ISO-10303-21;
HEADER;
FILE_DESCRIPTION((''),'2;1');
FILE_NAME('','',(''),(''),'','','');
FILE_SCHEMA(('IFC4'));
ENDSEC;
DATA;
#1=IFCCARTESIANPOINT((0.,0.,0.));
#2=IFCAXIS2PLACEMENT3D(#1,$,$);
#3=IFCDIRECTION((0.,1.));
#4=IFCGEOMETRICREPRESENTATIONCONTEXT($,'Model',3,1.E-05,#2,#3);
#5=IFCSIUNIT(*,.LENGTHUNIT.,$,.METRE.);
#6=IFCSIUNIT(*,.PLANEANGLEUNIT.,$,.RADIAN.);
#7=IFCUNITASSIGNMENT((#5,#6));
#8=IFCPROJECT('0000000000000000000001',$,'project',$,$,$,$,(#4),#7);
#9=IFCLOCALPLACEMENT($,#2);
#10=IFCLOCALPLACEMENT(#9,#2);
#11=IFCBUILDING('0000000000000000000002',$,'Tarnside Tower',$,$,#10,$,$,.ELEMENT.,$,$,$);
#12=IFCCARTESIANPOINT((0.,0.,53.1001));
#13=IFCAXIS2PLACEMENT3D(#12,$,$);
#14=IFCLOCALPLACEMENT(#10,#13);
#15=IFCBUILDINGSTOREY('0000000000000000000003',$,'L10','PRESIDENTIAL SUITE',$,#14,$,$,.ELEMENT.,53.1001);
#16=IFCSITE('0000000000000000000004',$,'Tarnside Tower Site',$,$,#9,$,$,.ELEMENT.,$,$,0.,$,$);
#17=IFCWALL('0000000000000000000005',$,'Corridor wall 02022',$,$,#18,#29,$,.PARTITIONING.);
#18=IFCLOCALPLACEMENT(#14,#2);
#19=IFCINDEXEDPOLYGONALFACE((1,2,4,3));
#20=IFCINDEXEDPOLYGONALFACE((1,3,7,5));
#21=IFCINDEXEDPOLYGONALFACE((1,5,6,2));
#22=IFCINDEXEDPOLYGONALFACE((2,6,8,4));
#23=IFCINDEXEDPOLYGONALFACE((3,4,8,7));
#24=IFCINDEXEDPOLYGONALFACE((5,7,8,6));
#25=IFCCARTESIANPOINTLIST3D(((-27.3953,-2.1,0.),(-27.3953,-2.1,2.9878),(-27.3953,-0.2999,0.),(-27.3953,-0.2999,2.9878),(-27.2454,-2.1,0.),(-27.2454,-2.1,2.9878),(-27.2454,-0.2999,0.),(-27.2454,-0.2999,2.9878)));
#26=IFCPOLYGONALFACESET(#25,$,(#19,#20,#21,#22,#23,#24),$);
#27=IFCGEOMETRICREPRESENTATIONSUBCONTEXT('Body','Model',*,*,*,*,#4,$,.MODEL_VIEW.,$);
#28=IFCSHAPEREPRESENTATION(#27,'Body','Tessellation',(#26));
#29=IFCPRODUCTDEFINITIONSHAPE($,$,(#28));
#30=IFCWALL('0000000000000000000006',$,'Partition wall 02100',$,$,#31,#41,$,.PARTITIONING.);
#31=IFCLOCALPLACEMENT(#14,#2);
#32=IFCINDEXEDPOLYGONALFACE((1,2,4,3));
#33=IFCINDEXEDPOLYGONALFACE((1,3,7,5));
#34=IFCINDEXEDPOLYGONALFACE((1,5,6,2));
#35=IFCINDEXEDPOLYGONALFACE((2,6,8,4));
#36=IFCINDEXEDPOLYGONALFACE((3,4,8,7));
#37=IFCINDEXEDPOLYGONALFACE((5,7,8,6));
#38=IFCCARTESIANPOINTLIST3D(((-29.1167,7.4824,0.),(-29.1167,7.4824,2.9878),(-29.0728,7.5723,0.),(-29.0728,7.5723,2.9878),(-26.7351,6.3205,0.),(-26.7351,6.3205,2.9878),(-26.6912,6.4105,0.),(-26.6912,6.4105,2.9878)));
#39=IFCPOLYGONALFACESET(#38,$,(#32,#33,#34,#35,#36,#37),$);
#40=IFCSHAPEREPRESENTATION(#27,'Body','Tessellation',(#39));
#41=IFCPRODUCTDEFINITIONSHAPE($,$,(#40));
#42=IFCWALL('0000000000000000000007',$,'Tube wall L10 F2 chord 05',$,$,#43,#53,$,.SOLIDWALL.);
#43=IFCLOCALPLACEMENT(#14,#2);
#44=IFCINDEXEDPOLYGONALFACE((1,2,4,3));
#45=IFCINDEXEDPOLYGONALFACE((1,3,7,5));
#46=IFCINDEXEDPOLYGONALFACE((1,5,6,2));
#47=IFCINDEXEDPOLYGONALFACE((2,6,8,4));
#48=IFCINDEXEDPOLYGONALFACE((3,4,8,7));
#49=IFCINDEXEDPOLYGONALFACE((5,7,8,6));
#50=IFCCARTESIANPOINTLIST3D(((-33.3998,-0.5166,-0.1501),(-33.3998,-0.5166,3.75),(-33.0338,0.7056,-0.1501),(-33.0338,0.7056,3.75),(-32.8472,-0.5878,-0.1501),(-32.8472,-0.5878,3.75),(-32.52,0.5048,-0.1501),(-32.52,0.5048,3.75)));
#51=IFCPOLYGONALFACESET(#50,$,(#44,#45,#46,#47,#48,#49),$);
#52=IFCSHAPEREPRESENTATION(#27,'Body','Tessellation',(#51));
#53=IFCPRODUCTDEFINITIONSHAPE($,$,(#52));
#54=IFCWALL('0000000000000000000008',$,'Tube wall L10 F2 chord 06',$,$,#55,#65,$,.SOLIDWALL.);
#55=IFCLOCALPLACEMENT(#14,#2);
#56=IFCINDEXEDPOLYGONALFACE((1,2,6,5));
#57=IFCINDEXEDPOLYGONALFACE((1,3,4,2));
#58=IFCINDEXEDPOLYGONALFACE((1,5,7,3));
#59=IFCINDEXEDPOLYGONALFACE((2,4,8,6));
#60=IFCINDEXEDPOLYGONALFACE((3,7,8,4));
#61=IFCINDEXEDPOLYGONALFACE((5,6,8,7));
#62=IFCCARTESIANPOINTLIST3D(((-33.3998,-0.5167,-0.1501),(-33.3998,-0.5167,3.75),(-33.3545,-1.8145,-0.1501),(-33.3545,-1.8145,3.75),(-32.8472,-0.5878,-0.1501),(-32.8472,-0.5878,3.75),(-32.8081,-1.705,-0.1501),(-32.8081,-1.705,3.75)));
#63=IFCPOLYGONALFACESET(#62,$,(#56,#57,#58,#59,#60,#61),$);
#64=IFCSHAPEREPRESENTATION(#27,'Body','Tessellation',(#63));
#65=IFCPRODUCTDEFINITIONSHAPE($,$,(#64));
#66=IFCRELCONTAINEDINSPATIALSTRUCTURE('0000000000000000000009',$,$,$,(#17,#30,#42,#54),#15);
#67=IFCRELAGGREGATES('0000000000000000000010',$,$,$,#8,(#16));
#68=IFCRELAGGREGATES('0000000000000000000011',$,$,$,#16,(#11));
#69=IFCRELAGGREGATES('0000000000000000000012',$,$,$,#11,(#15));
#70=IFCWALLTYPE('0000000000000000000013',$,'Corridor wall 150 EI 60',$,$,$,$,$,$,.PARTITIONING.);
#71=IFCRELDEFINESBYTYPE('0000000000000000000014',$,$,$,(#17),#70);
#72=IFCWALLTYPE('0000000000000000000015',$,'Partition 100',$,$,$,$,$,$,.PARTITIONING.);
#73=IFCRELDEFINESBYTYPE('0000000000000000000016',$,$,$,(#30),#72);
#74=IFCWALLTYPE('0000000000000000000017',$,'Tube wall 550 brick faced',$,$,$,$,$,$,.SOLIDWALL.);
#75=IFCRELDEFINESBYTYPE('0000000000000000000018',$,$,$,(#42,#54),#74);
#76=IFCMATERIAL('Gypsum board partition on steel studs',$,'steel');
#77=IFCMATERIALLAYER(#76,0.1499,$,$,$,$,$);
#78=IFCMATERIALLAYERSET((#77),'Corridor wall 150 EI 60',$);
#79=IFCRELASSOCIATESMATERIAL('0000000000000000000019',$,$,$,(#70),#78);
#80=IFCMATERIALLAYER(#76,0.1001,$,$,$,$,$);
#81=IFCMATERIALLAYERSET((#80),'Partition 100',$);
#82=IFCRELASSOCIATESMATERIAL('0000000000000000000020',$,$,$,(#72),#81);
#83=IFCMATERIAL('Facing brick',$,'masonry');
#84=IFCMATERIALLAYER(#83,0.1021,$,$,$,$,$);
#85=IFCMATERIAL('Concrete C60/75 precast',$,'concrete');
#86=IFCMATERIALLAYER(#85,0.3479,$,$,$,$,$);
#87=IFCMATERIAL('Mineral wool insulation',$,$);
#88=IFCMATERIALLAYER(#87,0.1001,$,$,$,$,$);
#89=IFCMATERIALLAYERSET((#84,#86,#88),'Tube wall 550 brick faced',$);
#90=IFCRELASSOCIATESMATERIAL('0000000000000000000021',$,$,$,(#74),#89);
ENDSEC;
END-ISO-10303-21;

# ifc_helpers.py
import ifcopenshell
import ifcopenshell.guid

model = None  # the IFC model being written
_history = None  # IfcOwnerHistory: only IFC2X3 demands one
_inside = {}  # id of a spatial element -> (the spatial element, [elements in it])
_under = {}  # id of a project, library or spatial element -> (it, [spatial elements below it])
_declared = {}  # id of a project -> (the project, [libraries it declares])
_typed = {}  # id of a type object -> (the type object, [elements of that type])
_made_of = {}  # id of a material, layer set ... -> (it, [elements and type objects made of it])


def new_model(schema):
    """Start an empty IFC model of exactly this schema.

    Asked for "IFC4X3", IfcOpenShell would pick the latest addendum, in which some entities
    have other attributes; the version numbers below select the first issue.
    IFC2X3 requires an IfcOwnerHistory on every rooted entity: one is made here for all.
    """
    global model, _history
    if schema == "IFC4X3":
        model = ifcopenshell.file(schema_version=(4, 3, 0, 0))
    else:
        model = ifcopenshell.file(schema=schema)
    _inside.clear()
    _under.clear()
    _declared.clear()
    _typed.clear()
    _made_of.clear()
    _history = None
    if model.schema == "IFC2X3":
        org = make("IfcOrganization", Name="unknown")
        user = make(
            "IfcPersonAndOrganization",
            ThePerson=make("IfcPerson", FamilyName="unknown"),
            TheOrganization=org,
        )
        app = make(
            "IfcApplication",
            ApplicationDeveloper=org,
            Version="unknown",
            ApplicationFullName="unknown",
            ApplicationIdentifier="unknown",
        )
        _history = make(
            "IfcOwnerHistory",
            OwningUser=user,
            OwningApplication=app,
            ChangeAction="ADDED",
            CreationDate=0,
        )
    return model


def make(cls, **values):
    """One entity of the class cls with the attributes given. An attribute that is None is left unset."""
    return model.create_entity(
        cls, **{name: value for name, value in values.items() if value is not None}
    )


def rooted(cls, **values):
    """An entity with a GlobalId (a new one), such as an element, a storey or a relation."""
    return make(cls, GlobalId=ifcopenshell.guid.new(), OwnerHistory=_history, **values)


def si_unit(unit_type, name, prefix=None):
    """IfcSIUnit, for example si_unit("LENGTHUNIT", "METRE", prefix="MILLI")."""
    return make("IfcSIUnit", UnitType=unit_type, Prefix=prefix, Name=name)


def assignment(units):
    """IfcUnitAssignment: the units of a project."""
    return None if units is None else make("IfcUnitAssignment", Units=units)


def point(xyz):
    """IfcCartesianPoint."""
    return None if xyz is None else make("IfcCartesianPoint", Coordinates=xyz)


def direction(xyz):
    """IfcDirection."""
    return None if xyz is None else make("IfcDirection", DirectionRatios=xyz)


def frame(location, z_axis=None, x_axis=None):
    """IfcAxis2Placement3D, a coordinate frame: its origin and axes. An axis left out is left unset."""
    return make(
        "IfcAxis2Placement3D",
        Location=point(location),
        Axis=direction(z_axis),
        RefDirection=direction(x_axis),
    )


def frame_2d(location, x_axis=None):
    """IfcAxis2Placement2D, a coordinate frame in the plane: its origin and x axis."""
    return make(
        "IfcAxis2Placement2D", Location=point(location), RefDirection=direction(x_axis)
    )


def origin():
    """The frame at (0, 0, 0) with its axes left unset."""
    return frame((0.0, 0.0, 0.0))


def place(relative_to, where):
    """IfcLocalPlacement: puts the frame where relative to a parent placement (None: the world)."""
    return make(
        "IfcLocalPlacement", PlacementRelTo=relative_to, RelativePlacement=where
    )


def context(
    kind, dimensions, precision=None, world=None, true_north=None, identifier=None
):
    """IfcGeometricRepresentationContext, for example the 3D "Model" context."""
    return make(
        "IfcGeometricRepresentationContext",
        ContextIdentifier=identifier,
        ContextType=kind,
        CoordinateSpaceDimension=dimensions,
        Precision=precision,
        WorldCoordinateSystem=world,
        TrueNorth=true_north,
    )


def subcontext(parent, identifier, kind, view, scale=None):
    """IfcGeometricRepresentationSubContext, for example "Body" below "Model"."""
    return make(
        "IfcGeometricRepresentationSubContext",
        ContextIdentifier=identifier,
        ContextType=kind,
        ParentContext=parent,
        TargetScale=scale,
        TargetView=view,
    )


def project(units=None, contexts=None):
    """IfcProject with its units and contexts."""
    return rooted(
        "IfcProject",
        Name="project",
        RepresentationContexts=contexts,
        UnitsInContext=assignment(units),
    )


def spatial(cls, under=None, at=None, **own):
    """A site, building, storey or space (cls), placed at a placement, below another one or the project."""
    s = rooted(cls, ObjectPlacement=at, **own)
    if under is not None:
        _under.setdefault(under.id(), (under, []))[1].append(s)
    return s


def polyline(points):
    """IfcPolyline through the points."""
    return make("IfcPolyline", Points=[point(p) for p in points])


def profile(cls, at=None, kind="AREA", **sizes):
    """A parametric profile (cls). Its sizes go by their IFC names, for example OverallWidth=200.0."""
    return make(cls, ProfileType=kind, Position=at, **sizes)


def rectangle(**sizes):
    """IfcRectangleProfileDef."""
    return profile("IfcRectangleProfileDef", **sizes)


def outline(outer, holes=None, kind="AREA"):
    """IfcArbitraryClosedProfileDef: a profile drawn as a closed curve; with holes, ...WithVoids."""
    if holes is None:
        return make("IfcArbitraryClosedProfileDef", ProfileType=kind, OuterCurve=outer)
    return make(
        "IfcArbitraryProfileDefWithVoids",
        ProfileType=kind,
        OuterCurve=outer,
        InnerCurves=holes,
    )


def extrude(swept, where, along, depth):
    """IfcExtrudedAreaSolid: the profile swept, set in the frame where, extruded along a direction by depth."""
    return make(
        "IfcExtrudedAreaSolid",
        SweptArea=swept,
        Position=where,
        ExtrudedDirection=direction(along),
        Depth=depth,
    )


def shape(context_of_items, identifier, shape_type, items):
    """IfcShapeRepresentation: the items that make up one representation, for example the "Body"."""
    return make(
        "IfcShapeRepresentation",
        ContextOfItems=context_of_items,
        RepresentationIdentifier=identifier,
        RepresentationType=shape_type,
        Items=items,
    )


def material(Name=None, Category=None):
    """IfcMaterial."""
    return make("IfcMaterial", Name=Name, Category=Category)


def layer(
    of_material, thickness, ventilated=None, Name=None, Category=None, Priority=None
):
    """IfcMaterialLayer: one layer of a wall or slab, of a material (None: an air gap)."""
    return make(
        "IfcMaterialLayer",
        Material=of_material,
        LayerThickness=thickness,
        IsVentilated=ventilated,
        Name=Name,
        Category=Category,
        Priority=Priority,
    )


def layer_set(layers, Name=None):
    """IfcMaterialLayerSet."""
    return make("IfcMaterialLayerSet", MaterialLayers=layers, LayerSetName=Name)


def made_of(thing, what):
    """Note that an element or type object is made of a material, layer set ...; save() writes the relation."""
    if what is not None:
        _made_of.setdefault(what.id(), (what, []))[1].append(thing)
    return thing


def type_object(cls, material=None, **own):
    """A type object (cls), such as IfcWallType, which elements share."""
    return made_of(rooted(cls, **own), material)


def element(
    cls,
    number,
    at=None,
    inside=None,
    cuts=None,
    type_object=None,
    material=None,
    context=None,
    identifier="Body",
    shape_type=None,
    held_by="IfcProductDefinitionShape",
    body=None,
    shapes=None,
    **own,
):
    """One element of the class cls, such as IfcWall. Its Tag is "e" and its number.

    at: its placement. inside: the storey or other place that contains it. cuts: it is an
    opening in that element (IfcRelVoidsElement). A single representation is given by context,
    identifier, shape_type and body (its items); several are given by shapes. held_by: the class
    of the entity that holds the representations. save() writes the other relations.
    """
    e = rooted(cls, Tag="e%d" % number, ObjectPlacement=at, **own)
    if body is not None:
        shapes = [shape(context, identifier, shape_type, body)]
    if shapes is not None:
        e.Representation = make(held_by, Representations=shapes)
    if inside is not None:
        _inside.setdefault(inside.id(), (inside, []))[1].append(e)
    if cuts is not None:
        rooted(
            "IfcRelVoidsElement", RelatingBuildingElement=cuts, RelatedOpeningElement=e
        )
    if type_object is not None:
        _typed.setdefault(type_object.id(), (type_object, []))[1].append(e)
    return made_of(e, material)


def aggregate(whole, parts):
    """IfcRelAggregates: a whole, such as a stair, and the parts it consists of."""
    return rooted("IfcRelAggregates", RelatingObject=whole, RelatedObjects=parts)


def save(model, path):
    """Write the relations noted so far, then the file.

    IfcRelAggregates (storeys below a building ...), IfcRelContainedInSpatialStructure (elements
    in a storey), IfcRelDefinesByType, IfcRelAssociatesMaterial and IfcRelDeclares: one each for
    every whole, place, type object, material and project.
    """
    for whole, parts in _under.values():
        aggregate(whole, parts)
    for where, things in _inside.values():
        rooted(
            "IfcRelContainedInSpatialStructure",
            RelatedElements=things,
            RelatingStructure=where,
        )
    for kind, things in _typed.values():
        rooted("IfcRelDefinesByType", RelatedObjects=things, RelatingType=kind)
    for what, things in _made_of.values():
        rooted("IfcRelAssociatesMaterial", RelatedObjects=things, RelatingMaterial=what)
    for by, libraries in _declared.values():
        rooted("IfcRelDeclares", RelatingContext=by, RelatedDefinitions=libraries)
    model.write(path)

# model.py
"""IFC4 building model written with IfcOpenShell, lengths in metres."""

from ifc_helpers import new_model, si_unit, direction, frame, frame_2d, origin, place, context, subcontext, project, spatial, polyline, rectangle, outline, extrude, material, layer, layer_set, type_object, element, save


model = new_model("IFC4")

# Units and contexts
model_context = context("Model", 3, precision=1e-05, world=origin(), true_north=direction((0.0, 1.0)))
body_context = subcontext(model_context, "Body", "Model", "MODEL_VIEW")
ifc_project = project(units=[si_unit("LENGTHUNIT", "METRE"), si_unit("PLANEANGLEUNIT", "RADIAN")], contexts=[model_context])

# Site, building, storey
site_placement = place(None, origin())
site = spatial("IfcSite", under=ifc_project, at=site_placement, Name="Tarnside Tower Site", CompositionType="ELEMENT", RefElevation=0.0)
building_placement = place(site_placement, origin())
building = spatial("IfcBuilding", under=site, at=building_placement, Name="Tarnside Tower", CompositionType="ELEMENT")
storey_placement = place(building_placement, frame((0.0, 0.0, 53.1001)))
storey = spatial("IfcBuildingStorey", under=building, at=storey_placement, Name="L10", Description="PRESIDENTIAL SUITE", CompositionType="ELEMENT", Elevation=53.1001)

# Shared definitions
ifc_material_1 = material(Name="Gypsum board partition on steel studs", Category="steel")

# Shared definitions
ifc_layer_1 = layer(ifc_material_1, 0.1499)
ifc_layer_set_1 = layer_set([ifc_layer_1], Name="Corridor wall 150 EI 60")
wall_type_1 = type_object("IfcWallType", Name="Corridor wall 150 EI 60", PredefinedType="PARTITIONING", material=ifc_layer_set_1)

# Walls
wall_1_placement = place(storey_placement, frame((-27.3203, -0.3, 0.0), z_axis=(0.0, 0.0, 1.0), x_axis=(0.0, -1.0, 0.0)))
element("IfcWall", 1, at=wall_1_placement, inside=storey, type_object=wall_type_1, Name="Corridor wall 02022", PredefinedType="PARTITIONING", context=body_context, shape_type="SweptSolid", body=[
    extrude(rectangle(XDim=1.8, YDim=0.1499, at=frame_2d((0.8999, 0.0))), origin(), (0.0, 0.0, 1.0), 2.9878),
])
ifc_layer_2 = layer(ifc_material_1, 0.1001)
ifc_layer_set_2 = layer_set([ifc_layer_2], Name="Partition 100")
wall_type_2 = type_object("IfcWallType", Name="Partition 100", PredefinedType="PARTITIONING", material=ifc_layer_set_2)
wall_2_placement = place(storey_placement, frame((-26.7131, 6.3655, 0.0), z_axis=(0.0, 0.0, 1.0), x_axis=(-0.898752, 0.438458, 0.0)))
element("IfcWall", 2, at=wall_2_placement, inside=storey, type_object=wall_type_2, Name="Partition wall 02100", PredefinedType="PARTITIONING", context=body_context, shape_type="SweptSolid", body=[
    extrude(rectangle(XDim=2.6499, YDim=0.1001, at=frame_2d((1.325, 0.0))), origin(), (0.0, 0.0, 1.0), 2.9878),
])
ifc_material_2 = material(Name="Facing brick", Category="masonry")
ifc_layer_3 = layer(ifc_material_2, 0.1021)
ifc_material_3 = material(Name="Concrete C60/75 precast", Category="concrete")
ifc_layer_4 = layer(ifc_material_3, 0.3479)
ifc_material_4 = material(Name="Mineral wool insulation")
ifc_layer_5 = layer(ifc_material_4, 0.1001)
ifc_layer_set_3 = layer_set([ifc_layer_3, ifc_layer_4, ifc_layer_5], Name="Tube wall 550 brick faced")
wall_type_3 = type_object("IfcWallType", Name="Tube wall 550 brick faced", PredefinedType="SOLIDWALL", material=ifc_layer_set_3)
wall_3_placement = place(storey_placement, frame((-32.7769, 0.6052, -0.1501), z_axis=(0.0, 0.0, 1.0), x_axis=(-0.286921, -0.957954, 0.0)))
element("IfcWall", 3, at=wall_3_placement, inside=storey, type_object=wall_type_3, Name="Tube wall L10 F2 chord 05", PredefinedType="SOLIDWALL", context=body_context, shape_type="SweptSolid", body=[
    extrude(outline(polyline([(-0.0225, -0.2749), (1.2534, -0.2749), (1.1631, 0.2749), (0.0225, 0.2749), (-0.0225, -0.2749)])), origin(), (0.0, 0.0, 1.0), 3.9001),
])
wall_4_placement = place(storey_placement, frame((-33.1235, -0.5522, -0.1501), z_axis=(0.0, 0.0, 1.0), x_axis=(0.034956, -0.999389, 0.0)))
element("IfcWall", 4, at=wall_4_placement, inside=storey, type_object=wall_type_3, Name="Tube wall L10 F2 chord 06", PredefinedType="SOLIDWALL", context=body_context, shape_type="SweptSolid", body=[
    extrude(outline(polyline([(-0.0452, -0.2749), (1.2534, -0.2749), (1.1631, 0.2749), (0.0452, 0.2749), (-0.0452, -0.2749)])), origin(), (0.0, 0.0, 1.0), 3.9001),
])

save(model, "model.ifc")
